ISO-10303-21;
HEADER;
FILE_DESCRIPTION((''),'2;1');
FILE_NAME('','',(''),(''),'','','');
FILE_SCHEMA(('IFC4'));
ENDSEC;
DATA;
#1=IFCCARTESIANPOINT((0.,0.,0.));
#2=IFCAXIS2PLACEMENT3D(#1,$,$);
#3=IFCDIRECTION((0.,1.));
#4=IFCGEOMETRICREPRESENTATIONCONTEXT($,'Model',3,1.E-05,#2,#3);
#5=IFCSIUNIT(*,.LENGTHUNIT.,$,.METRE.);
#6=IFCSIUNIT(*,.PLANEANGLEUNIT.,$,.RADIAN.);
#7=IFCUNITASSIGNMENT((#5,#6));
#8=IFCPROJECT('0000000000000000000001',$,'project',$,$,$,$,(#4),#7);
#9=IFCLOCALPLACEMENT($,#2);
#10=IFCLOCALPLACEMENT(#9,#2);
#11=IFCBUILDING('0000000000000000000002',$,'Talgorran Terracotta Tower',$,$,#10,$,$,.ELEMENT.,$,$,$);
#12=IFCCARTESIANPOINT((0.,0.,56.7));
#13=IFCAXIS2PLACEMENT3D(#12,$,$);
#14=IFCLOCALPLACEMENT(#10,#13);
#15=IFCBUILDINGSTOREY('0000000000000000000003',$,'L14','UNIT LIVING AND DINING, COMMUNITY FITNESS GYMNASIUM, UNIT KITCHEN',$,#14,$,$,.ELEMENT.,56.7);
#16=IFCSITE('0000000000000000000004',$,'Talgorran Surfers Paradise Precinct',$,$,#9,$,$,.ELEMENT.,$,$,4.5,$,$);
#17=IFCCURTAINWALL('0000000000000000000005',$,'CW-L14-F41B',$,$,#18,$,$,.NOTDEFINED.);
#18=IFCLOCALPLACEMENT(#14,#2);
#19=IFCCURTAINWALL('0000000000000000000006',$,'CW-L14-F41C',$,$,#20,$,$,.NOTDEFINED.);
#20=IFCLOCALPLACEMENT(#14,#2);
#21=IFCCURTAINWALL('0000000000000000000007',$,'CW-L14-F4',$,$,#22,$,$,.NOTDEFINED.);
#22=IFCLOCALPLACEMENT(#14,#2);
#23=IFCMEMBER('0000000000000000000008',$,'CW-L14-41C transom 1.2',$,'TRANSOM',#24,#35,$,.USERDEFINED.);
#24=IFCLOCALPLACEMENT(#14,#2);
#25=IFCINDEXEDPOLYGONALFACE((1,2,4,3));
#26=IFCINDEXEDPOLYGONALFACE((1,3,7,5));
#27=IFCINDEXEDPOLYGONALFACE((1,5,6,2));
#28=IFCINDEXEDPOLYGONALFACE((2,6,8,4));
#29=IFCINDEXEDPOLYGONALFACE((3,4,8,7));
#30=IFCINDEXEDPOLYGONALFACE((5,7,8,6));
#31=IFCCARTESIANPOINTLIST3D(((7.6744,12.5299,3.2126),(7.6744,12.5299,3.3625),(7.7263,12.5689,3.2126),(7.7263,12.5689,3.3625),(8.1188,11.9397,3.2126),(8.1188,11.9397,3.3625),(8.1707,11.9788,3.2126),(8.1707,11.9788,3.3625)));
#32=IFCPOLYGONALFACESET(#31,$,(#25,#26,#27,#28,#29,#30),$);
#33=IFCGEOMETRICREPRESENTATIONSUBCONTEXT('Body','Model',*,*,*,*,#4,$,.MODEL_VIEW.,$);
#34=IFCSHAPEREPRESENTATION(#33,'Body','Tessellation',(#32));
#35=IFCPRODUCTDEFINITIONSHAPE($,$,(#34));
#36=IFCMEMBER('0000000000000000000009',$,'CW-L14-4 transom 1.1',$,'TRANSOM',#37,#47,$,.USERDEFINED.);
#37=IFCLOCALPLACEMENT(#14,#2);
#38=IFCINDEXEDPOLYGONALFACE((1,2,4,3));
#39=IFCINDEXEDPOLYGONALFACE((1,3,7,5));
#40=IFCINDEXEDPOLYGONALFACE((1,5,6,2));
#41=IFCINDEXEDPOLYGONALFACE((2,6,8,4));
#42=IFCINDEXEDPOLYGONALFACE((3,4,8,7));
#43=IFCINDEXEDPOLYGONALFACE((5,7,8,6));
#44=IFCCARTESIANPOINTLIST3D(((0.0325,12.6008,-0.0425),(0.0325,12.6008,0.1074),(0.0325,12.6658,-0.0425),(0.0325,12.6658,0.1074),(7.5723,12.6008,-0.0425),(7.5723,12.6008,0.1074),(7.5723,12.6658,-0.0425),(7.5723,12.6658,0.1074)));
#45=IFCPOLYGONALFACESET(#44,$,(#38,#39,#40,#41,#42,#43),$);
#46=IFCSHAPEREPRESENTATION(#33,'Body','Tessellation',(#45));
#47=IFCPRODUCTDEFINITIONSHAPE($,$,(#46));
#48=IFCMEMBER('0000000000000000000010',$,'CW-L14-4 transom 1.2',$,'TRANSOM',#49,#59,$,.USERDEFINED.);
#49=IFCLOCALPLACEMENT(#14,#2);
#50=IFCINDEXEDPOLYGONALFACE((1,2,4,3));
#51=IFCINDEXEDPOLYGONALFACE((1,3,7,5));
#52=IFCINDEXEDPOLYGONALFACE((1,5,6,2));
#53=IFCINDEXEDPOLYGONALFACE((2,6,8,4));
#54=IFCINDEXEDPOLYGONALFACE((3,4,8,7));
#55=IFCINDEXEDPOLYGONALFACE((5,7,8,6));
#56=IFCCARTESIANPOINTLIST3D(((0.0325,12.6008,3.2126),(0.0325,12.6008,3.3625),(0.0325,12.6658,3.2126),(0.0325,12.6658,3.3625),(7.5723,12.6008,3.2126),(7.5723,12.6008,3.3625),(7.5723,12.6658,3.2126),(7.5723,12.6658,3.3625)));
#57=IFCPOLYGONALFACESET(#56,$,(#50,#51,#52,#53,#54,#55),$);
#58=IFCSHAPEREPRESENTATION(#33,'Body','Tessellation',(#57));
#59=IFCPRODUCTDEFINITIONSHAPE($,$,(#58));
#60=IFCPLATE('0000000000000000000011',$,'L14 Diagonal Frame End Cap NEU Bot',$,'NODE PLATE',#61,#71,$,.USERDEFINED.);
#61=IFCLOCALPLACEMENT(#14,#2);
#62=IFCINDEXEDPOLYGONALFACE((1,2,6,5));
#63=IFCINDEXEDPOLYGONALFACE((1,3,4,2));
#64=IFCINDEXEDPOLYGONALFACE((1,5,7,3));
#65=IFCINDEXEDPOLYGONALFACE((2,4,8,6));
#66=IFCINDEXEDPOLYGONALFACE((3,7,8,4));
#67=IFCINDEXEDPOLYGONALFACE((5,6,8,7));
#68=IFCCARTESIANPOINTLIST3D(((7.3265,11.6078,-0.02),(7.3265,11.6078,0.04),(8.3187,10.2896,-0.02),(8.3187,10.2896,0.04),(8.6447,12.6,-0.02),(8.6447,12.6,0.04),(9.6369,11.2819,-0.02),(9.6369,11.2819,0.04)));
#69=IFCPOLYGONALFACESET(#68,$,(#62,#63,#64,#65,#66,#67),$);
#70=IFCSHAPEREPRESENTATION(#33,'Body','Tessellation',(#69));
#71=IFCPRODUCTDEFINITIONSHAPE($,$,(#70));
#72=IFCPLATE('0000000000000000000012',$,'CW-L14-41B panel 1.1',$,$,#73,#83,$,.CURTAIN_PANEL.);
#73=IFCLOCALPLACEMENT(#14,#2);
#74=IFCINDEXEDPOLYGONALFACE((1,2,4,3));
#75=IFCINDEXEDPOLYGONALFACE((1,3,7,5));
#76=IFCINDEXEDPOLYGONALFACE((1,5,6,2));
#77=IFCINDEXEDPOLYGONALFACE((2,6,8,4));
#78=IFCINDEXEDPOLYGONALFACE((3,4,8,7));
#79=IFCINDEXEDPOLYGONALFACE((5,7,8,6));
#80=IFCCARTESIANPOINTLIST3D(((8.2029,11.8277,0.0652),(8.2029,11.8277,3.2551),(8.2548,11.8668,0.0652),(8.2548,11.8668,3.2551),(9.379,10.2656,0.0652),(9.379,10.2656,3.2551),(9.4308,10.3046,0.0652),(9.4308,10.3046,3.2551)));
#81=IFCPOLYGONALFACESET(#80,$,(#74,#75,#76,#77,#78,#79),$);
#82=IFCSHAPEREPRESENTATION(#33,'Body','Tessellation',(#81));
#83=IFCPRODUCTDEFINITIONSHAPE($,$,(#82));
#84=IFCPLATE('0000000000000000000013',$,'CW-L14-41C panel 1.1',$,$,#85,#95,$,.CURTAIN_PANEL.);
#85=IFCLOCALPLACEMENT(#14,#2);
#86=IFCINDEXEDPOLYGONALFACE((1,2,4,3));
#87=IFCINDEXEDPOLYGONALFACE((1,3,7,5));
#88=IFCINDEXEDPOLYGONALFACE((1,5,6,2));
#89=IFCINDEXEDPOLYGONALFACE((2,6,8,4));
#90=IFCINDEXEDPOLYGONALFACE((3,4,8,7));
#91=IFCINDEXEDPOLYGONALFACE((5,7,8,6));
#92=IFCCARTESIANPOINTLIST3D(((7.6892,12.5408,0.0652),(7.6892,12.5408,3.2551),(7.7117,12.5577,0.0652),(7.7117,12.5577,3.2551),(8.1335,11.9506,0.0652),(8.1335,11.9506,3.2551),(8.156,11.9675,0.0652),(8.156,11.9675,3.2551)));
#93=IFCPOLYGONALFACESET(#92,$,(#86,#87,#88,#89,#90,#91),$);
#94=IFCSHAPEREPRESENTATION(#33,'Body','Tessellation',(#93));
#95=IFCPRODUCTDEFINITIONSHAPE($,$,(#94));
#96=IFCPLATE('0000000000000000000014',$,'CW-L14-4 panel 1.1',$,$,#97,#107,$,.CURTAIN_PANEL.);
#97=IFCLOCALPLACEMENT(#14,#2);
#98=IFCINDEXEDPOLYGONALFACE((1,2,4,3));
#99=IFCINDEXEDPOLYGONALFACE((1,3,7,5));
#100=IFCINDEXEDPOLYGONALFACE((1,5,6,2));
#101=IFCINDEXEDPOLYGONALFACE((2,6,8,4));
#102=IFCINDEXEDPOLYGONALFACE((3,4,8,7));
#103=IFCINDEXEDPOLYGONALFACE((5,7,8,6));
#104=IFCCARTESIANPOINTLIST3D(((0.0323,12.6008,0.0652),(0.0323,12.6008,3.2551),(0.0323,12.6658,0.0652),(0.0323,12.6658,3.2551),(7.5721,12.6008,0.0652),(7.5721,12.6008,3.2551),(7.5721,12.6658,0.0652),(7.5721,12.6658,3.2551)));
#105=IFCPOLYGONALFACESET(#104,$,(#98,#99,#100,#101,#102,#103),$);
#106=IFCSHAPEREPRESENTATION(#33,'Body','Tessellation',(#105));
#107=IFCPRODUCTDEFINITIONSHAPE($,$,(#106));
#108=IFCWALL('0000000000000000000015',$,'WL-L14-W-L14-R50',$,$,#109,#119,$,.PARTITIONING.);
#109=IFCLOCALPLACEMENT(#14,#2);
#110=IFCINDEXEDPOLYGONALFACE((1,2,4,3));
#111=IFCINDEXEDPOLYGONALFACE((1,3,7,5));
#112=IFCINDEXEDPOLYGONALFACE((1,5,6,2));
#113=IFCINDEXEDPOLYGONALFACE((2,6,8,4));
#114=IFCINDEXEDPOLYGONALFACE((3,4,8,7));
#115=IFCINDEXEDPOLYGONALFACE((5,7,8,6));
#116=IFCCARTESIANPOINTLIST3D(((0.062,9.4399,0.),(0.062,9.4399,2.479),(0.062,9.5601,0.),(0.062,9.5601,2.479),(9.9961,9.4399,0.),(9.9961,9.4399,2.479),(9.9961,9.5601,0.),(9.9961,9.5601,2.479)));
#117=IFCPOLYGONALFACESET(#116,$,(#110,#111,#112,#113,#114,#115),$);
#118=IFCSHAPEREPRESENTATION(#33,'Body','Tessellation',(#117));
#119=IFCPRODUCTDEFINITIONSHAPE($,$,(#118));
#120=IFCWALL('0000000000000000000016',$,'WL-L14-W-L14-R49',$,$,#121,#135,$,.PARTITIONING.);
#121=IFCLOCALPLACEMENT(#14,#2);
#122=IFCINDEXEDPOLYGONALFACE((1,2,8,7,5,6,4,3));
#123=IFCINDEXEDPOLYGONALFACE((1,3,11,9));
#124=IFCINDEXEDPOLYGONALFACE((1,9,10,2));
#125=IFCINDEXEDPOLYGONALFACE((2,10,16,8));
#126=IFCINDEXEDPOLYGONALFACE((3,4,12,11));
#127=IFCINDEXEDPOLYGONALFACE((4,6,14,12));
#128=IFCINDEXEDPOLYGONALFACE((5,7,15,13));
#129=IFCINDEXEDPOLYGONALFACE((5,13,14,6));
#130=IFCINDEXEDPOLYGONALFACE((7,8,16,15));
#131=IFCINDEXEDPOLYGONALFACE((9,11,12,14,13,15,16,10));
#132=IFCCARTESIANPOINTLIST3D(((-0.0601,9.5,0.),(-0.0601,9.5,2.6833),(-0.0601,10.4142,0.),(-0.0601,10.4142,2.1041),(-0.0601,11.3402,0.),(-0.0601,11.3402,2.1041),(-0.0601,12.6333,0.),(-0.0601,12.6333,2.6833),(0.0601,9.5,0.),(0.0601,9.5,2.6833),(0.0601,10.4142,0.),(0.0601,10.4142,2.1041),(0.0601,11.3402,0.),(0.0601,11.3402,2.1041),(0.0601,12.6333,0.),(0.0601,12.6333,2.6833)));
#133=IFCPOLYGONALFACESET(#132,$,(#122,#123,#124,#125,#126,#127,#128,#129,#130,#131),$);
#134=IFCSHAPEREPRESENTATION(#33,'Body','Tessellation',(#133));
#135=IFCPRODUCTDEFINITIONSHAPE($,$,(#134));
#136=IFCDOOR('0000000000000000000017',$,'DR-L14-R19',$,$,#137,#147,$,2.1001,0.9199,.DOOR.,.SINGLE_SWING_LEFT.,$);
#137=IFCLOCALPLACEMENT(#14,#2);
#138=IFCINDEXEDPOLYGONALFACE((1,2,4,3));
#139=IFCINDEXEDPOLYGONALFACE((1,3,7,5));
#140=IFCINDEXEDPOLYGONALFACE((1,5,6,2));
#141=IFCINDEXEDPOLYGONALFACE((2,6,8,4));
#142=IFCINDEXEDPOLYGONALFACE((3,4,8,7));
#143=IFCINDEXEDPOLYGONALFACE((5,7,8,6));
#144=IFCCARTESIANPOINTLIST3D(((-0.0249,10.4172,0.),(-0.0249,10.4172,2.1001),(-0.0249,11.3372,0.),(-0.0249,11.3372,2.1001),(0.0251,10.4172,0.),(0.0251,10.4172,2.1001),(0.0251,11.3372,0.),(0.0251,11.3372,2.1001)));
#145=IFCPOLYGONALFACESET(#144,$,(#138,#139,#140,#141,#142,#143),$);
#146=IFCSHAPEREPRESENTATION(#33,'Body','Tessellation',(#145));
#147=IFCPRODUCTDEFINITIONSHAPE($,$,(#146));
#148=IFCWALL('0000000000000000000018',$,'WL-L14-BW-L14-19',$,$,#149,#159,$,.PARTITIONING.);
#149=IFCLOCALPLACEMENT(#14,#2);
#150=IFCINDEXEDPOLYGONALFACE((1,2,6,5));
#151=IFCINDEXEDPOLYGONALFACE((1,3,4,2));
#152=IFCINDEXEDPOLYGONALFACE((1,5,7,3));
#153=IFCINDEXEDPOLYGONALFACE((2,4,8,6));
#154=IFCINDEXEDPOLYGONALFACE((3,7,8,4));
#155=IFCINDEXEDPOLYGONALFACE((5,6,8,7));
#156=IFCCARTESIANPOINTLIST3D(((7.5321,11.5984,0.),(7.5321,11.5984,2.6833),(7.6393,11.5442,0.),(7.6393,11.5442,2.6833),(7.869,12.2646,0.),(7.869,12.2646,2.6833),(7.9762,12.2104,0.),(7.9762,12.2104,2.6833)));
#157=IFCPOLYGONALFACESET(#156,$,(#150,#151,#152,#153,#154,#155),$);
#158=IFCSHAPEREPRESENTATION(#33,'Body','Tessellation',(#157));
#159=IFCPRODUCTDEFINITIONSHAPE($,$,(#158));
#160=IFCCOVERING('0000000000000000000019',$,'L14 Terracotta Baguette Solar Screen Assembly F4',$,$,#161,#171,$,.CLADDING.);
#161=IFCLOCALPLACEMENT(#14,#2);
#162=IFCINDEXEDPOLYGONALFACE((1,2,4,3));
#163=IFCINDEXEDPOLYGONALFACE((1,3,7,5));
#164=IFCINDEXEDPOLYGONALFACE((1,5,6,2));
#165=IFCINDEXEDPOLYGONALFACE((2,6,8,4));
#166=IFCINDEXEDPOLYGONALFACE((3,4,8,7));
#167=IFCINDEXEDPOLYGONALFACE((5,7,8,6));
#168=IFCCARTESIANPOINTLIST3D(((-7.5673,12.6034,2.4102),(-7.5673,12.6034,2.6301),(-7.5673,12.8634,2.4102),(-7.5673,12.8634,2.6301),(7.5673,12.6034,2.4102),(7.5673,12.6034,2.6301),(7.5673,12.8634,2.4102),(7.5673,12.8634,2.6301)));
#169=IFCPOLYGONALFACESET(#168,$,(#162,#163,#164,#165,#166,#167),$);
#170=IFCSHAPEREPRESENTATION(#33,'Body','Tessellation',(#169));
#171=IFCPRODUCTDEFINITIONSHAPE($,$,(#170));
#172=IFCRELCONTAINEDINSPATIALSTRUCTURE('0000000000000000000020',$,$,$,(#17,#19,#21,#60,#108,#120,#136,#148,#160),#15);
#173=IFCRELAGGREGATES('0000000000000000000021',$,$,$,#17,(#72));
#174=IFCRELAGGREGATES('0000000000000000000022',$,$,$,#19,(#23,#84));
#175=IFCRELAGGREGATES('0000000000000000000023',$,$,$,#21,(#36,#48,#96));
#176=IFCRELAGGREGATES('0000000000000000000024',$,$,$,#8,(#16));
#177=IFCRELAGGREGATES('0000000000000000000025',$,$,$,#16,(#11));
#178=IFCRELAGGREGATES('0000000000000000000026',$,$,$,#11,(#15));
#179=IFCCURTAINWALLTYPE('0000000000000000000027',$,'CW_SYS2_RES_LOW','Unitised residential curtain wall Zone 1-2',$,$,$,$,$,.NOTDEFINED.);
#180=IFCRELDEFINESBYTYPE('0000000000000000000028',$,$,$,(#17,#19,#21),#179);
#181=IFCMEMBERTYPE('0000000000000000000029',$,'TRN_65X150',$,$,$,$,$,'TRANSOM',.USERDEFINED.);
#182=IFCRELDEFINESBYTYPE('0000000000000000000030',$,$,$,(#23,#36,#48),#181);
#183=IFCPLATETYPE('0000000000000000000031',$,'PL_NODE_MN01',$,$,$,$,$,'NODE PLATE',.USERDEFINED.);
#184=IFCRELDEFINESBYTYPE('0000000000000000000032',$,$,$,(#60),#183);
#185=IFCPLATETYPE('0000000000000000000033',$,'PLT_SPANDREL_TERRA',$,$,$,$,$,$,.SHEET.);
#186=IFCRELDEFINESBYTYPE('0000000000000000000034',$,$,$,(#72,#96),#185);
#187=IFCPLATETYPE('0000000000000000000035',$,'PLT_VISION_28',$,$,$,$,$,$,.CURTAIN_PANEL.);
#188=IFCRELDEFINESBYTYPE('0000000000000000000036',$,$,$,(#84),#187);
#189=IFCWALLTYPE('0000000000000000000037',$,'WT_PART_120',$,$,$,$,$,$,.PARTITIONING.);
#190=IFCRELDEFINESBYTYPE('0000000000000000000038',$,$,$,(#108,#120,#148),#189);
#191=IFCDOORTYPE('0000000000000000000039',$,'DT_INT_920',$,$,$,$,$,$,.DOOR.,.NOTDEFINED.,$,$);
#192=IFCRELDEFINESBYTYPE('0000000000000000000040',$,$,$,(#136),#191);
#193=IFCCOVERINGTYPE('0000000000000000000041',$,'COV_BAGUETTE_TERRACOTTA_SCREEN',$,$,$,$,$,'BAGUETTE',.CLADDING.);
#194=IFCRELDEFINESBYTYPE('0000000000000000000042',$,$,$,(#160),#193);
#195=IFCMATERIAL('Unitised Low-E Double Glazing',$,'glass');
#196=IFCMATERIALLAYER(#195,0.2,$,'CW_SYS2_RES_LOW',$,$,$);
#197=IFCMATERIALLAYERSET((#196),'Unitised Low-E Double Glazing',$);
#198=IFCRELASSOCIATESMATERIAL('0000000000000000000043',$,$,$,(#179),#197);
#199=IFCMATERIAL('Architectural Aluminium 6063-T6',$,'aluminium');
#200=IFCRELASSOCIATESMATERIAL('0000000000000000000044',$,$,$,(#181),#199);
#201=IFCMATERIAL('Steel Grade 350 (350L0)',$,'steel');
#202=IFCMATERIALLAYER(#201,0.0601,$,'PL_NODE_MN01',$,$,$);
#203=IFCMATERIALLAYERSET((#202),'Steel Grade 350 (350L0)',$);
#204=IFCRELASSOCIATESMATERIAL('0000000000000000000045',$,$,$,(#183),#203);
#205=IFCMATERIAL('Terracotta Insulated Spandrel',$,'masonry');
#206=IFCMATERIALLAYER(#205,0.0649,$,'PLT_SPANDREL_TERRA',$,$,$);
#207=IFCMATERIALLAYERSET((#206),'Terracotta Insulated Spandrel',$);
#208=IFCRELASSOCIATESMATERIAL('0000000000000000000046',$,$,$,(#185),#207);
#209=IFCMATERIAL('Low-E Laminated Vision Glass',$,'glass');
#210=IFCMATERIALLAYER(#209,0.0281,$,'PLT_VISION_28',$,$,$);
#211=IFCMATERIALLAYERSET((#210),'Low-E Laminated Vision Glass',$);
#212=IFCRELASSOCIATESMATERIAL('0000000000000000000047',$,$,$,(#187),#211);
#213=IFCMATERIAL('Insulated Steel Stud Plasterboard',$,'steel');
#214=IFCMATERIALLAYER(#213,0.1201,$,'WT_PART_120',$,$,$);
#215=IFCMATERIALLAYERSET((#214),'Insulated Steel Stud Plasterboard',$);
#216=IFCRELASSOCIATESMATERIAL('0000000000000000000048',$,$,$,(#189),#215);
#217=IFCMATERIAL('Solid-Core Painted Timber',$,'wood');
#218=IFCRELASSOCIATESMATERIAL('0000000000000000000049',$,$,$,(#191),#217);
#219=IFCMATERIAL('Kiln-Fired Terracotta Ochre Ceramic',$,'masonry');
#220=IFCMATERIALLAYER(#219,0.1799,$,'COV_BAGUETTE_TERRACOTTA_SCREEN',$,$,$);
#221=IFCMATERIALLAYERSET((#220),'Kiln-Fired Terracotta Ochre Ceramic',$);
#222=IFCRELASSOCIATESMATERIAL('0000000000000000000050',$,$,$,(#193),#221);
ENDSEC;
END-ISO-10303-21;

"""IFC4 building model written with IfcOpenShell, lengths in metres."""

from ifc_helpers import new_model, si_unit, direction, frame, frame_2d, origin, origin_2d, place, context, subcontext, project, spatial, rectangle, extrude, source, transform, mapped, material, layer, layer_set, material_profile, profile_set, type_object, type_shapes, element, fill, aggregate, save


model = new_model("IFC4")

# Units and contexts
model_context = context("Model", 3, precision=1e-05, world=origin(), true_north=direction((0.0, 1.0)))
body_context = subcontext(model_context, "Body", "Model", "MODEL_VIEW")
ifc_project = project(units=[si_unit("LENGTHUNIT", "METRE"), si_unit("PLANEANGLEUNIT", "RADIAN")], contexts=[model_context])

# Site, building, storey
site_placement = place(None, origin())
site = spatial("IfcSite", under=ifc_project, at=site_placement, Name="Talgorran Surfers Paradise Precinct", CompositionType="ELEMENT", RefElevation=4.5)
building_placement = place(site_placement, origin())
building = spatial("IfcBuilding", under=site, at=building_placement, Name="Talgorran Terracotta Tower", CompositionType="ELEMENT")
storey_placement = place(building_placement, frame((0.0, 0.0, 56.7)))
storey = spatial("IfcBuildingStorey", under=building, at=storey_placement, Name="L14", Description="UNIT LIVING AND DINING, COMMUNITY FITNESS GYMNASIUM, UNIT KITCHEN", CompositionType="ELEMENT", Elevation=56.7)

# Shared definitions
ifc_material_1 = material(Name="Steel Grade 350 (350L0)", Category="steel")

# Curtain wall
ifc_material_2 = material(Name="Unitised Low-E Double Glazing", Category="glass")
ifc_layer_1 = layer(ifc_material_2, 0.2, Name="CW_SYS2_RES_LOW")
ifc_layer_set_1 = layer_set([ifc_layer_1], Name="Unitised Low-E Double Glazing")
curtain_wall_type = type_object("IfcCurtainWallType", Name="CW_SYS2_RES_LOW", Description="Unitised residential curtain wall Zone 1-2", PredefinedType="NOTDEFINED", material=ifc_layer_set_1)
curtain_wall_1_placement = place(storey_placement, origin())
curtain_wall_1 = element("IfcCurtainWall", 1, at=curtain_wall_1_placement, inside=storey, type_object=curtain_wall_type, Name="CW-L14-F41B", PredefinedType="NOTDEFINED")
ifc_material_3 = material(Name="Architectural Aluminium 6063-T6", Category="aluminium")

# Curtain walls
curtain_wall_2_placement = place(storey_placement, origin())
curtain_wall_2 = element("IfcCurtainWall", 2, at=curtain_wall_2_placement, inside=storey, type_object=curtain_wall_type, Name="CW-L14-F41C", PredefinedType="NOTDEFINED")
curtain_wall_3_placement = place(storey_placement, origin())
curtain_wall_3 = element("IfcCurtainWall", 3, at=curtain_wall_3_placement, inside=storey, type_object=curtain_wall_type, Name="CW-L14-F4", PredefinedType="NOTDEFINED")

# Members
ifc_material_profile_1 = material_profile(ifc_material_3, rectangle(XDim=0.0649, YDim=0.1499, at=origin_2d()), Name="CWT65X150")
ifc_profile_set_1 = profile_set([ifc_material_profile_1], Name="Architectural Aluminium 6063-T6")
member_type_1 = type_object("IfcMemberType", Name="TRN_65X150", ElementType="TRANSOM", PredefinedType="USERDEFINED", material=ifc_profile_set_1)
member_1_placement = place(storey_placement, frame((8.1448, 11.9592, 3.2876), z_axis=(-0.601532, 0.798848, 0.0), x_axis=(-0.798848, -0.601532, 0.0)))
member_1 = element("IfcMember", 4, at=member_1_placement, type_object=member_type_1, Name="CW-L14-41C transom 1.2", ObjectType="TRANSOM", PredefinedType="USERDEFINED", context=body_context, shape_type="SweptSolid", body=[
    extrude(rectangle(XDim=0.0649, YDim=0.1499, at=origin_2d()), origin(), (0.0, 0.0, 1.0), 0.7388),
])
member_2_placement = place(storey_placement, frame((7.5723, 12.6333, 0.0325), z_axis=(-1.0, 0.0, 0.0), x_axis=(0.0, -1.0, 0.0)))
member_2 = element("IfcMember", 5, at=member_2_placement, type_object=member_type_1, Name="CW-L14-4 transom 1.1", ObjectType="TRANSOM", PredefinedType="USERDEFINED", context=body_context, shape_type="SweptSolid", body=[
    extrude(rectangle(XDim=0.0649, YDim=0.1499, at=origin_2d()), origin(), (0.0, 0.0, 1.0), 7.5398),
])
member_3_placement = place(storey_placement, frame((7.5723, 12.6333, 3.2876), z_axis=(-1.0, 0.0, 0.0), x_axis=(0.0, -1.0, 0.0)))
member_3 = element("IfcMember", 6, at=member_3_placement, type_object=member_type_1, Name="CW-L14-4 transom 1.2", ObjectType="TRANSOM", PredefinedType="USERDEFINED", context=body_context, shape_type="SweptSolid", body=[
    extrude(rectangle(XDim=0.0649, YDim=0.1499, at=origin_2d()), origin(), (0.0, 0.0, 1.0), 7.5398),
])

# Plates
ifc_layer_2 = layer(ifc_material_1, 0.0601, Name="PL_NODE_MN01")
ifc_layer_set_2 = layer_set([ifc_layer_2], Name="Steel Grade 350 (350L0)")
plate_type_1 = type_object("IfcPlateType", Name="PL_NODE_MN01", ElementType="NODE PLATE", PredefinedType="USERDEFINED", material=ifc_layer_set_2)
plate_1_placement = place(storey_placement, frame((8.4817, 11.4448, -0.02), z_axis=(0.0, 0.0, 1.0), x_axis=(0.601397, -0.798951, 0.0)))
element("IfcPlate", 7, at=plate_1_placement, inside=storey, type_object=plate_type_1, Name="L14 Diagonal Frame End Cap NEU Bot", ObjectType="NODE PLATE", PredefinedType="USERDEFINED", context=body_context, shape_type="SweptSolid", body=[
    extrude(rectangle(XDim=1.6499, YDim=1.6499, at=origin_2d()), origin(), (0.0, 0.0, 1.0), 0.0601),
])
ifc_material_4 = material(Name="Terracotta Insulated Spandrel", Category="masonry")
ifc_layer_3 = layer(ifc_material_4, 0.0649, Name="PLT_SPANDREL_TERRA")
ifc_layer_set_3 = layer_set([ifc_layer_3], Name="Terracotta Insulated Spandrel")
plate_type_2 = type_object("IfcPlateType", Name="PLT_SPANDREL_TERRA", PredefinedType="SHEET", material=ifc_layer_set_3)
shared_shape_1 = source(origin(), body_context, "Body", "SweptSolid", [
    extrude(rectangle(XDim=1.9553, YDim=0.0649, at=origin_2d()), origin(), (0.0, 0.0, 1.0), 3.1899),
])
plate_2_placement = place(storey_placement, frame((8.8169, 11.0662, 0.0652), z_axis=(0.0, 0.0, 1.0), x_axis=(-0.601441, 0.798917, 0.0)))
plate_2 = element("IfcPlate", 8, at=plate_2_placement, type_object=plate_type_2, Name="CW-L14-41B panel 1.1", PredefinedType="CURTAIN_PANEL", context=body_context, shape_type="MappedRepresentation", body=[
    mapped(shared_shape_1, transform((0.0, 0.0, 0.0), scale=1.0)),
])
aggregate(curtain_wall_1, [plate_2])
ifc_material_5 = material(Name="Low-E Laminated Vision Glass", Category="glass")
ifc_layer_4 = layer(ifc_material_5, 0.0281, Name="PLT_VISION_28")
ifc_layer_set_4 = layer_set([ifc_layer_4], Name="Low-E Laminated Vision Glass")
plate_type_3 = type_object("IfcPlateType", Name="PLT_VISION_28", PredefinedType="CURTAIN_PANEL", material=ifc_layer_set_4)
shared_shape_2 = source(origin(), body_context, "Body", "SweptSolid", [
    extrude(rectangle(XDim=0.7388, YDim=0.0281, at=origin_2d()), origin(), (0.0, 0.0, 1.0), 3.1899),
])
type_shapes(plate_type_3, [shared_shape_2])
plate_3_placement = place(storey_placement, frame((7.9226, 12.2542, 0.0652), z_axis=(0.0, 0.0, 1.0), x_axis=(-0.601417, 0.798935, 0.0)))
plate_3 = element("IfcPlate", 9, at=plate_3_placement, type_object=plate_type_3, Name="CW-L14-41C panel 1.1", PredefinedType="CURTAIN_PANEL", context=body_context, shape_type="MappedRepresentation", body=[
    mapped(shared_shape_2, transform((0.0, 0.0, 0.0), scale=1.0)),
])
aggregate(curtain_wall_2, [member_1, plate_3])
shared_shape_3 = source(origin(), body_context, "Body", "SweptSolid", [
    extrude(rectangle(XDim=7.5398, YDim=0.0649, at=origin_2d()), origin(), (0.0, 0.0, 1.0), 3.1899),
])
type_shapes(plate_type_2, [shared_shape_1, shared_shape_3])
plate_4_placement = place(storey_placement, frame((3.8022, 12.6333, 0.0652), z_axis=(0.0, 0.0, 1.0), x_axis=(-1.0, 0.0, 0.0)))
plate_4 = element("IfcPlate", 10, at=plate_4_placement, type_object=plate_type_2, Name="CW-L14-4 panel 1.1", PredefinedType="CURTAIN_PANEL", context=body_context, shape_type="MappedRepresentation", body=[
    mapped(shared_shape_3, transform((0.0, 0.0, 0.0), scale=1.0)),
])
aggregate(curtain_wall_3, [member_2, member_3, plate_4])

# Wall
ifc_material_6 = material(Name="Insulated Steel Stud Plasterboard", Category="steel")
ifc_layer_5 = layer(ifc_material_6, 0.1201, Name="WT_PART_120")
ifc_layer_set_5 = layer_set([ifc_layer_5], Name="Insulated Steel Stud Plasterboard")
wall_type = type_object("IfcWallType", Name="WT_PART_120", PredefinedType="PARTITIONING", material=ifc_layer_set_5)
wall_1_placement = place(storey_placement, frame((0.062, 9.5, 0.0), z_axis=(0.0, 0.0, 1.0), x_axis=(1.0, 0.0, 0.0)))
element("IfcWall", 11, at=wall_1_placement, inside=storey, type_object=wall_type, Name="WL-L14-W-L14-R50", PredefinedType="PARTITIONING", context=body_context, shape_type="SweptSolid", body=[
    extrude(rectangle(XDim=9.9341, YDim=0.1201, at=frame_2d((4.967, 0.0))), origin(), (0.0, 0.0, 1.0), 2.479),
])

# Wall, opening, door
wall_2_placement = place(storey_placement, frame((0.0, 9.5, 0.0), z_axis=(0.0, 0.0, 1.0), x_axis=(0.0, 1.0, 0.0)))
wall_2 = element("IfcWall", 12, at=wall_2_placement, inside=storey, type_object=wall_type, Name="WL-L14-W-L14-R49", PredefinedType="PARTITIONING", context=body_context, shape_type="SweptSolid", body=[
    extrude(rectangle(XDim=3.1333, YDim=0.1201, at=frame_2d((1.5667, 0.0))), origin(), (0.0, 0.0, 1.0), 2.6833),
])
opening_placement = place(wall_2_placement, frame((0.9172, 0.0, 0.0)))
opening = element("IfcOpeningElement", 13, at=opening_placement, cuts=wall_2, PredefinedType="OPENING", context=body_context, shape_type="SweptSolid", body=[
    extrude(rectangle(XDim=0.9259, YDim=2.1041, at=frame_2d((0.46, 1.052))), frame((0.0, 0.0701, 0.0), z_axis=(0.0, -1.0, 0.0), x_axis=(1.0, 0.0, 0.0)), (0.0, 0.0, 1.0), 0.1401),
])
ifc_material_7 = material(Name="Solid-Core Painted Timber", Category="wood")
door_type = type_object("IfcDoorType", Name="DT_INT_920", OperationType="NOTDEFINED", PredefinedType="DOOR", material=ifc_material_7)
door_placement = place(opening_placement, origin())
door = element("IfcDoor", 14, at=door_placement, inside=storey, type_object=door_type, Name="DR-L14-R19", OperationType="SINGLE_SWING_LEFT", OverallHeight=2.1001, OverallWidth=0.9199, PredefinedType="DOOR", context=body_context, shape_type="SweptSolid", body=[
    extrude(rectangle(XDim=0.9199, YDim=2.1001, at=frame_2d((0.46, 1.05))), frame((0.0, 0.0249, 0.0), z_axis=(0.0, -1.0, 0.0), x_axis=(1.0, 0.0, 0.0)), (0.0, 0.0, 1.0), 0.05),
])
fill(opening, door)

# Wall
wall_3_placement = place(storey_placement, frame((7.5857, 11.5713, 0.0), z_axis=(0.0, 0.0, 1.0), x_axis=(0.451264, 0.892391, 0.0)))
element("IfcWall", 15, at=wall_3_placement, inside=storey, type_object=wall_type, Name="WL-L14-BW-L14-19", PredefinedType="PARTITIONING", context=body_context, shape_type="SweptSolid", body=[
    extrude(rectangle(XDim=0.7466, YDim=0.1201, at=frame_2d((0.3733, 0.0))), origin(), (0.0, 0.0, 1.0), 2.6833),
])

# Covering
ifc_material_8 = material(Name="Kiln-Fired Terracotta Ochre Ceramic", Category="masonry")
ifc_layer_6 = layer(ifc_material_8, 0.1799, Name="COV_BAGUETTE_TERRACOTTA_SCREEN")
ifc_layer_set_6 = layer_set([ifc_layer_6], Name="Kiln-Fired Terracotta Ochre Ceramic")
covering_type_1 = type_object("IfcCoveringType", Name="COV_BAGUETTE_TERRACOTTA_SCREEN", ElementType="BAGUETTE", PredefinedType="CLADDING", material=ifc_layer_set_6)
covering_1_placement = place(storey_placement, frame((0.0, 12.7334, 2.4102), z_axis=(0.0, 0.0, 1.0), x_axis=(-1.0, 0.0, 0.0)))
element("IfcCovering", 16, at=covering_1_placement, inside=storey, type_object=covering_type_1, Name="L14 Terracotta Baguette Solar Screen Assembly F4", PredefinedType="CLADDING", context=body_context, shape_type="SweptSolid", body=[
    extrude(rectangle(XDim=15.1345, YDim=0.26, at=origin_2d()), origin(), (0.0, 0.0, 1.0), 0.22),
])

save(model, "model.ifc")
